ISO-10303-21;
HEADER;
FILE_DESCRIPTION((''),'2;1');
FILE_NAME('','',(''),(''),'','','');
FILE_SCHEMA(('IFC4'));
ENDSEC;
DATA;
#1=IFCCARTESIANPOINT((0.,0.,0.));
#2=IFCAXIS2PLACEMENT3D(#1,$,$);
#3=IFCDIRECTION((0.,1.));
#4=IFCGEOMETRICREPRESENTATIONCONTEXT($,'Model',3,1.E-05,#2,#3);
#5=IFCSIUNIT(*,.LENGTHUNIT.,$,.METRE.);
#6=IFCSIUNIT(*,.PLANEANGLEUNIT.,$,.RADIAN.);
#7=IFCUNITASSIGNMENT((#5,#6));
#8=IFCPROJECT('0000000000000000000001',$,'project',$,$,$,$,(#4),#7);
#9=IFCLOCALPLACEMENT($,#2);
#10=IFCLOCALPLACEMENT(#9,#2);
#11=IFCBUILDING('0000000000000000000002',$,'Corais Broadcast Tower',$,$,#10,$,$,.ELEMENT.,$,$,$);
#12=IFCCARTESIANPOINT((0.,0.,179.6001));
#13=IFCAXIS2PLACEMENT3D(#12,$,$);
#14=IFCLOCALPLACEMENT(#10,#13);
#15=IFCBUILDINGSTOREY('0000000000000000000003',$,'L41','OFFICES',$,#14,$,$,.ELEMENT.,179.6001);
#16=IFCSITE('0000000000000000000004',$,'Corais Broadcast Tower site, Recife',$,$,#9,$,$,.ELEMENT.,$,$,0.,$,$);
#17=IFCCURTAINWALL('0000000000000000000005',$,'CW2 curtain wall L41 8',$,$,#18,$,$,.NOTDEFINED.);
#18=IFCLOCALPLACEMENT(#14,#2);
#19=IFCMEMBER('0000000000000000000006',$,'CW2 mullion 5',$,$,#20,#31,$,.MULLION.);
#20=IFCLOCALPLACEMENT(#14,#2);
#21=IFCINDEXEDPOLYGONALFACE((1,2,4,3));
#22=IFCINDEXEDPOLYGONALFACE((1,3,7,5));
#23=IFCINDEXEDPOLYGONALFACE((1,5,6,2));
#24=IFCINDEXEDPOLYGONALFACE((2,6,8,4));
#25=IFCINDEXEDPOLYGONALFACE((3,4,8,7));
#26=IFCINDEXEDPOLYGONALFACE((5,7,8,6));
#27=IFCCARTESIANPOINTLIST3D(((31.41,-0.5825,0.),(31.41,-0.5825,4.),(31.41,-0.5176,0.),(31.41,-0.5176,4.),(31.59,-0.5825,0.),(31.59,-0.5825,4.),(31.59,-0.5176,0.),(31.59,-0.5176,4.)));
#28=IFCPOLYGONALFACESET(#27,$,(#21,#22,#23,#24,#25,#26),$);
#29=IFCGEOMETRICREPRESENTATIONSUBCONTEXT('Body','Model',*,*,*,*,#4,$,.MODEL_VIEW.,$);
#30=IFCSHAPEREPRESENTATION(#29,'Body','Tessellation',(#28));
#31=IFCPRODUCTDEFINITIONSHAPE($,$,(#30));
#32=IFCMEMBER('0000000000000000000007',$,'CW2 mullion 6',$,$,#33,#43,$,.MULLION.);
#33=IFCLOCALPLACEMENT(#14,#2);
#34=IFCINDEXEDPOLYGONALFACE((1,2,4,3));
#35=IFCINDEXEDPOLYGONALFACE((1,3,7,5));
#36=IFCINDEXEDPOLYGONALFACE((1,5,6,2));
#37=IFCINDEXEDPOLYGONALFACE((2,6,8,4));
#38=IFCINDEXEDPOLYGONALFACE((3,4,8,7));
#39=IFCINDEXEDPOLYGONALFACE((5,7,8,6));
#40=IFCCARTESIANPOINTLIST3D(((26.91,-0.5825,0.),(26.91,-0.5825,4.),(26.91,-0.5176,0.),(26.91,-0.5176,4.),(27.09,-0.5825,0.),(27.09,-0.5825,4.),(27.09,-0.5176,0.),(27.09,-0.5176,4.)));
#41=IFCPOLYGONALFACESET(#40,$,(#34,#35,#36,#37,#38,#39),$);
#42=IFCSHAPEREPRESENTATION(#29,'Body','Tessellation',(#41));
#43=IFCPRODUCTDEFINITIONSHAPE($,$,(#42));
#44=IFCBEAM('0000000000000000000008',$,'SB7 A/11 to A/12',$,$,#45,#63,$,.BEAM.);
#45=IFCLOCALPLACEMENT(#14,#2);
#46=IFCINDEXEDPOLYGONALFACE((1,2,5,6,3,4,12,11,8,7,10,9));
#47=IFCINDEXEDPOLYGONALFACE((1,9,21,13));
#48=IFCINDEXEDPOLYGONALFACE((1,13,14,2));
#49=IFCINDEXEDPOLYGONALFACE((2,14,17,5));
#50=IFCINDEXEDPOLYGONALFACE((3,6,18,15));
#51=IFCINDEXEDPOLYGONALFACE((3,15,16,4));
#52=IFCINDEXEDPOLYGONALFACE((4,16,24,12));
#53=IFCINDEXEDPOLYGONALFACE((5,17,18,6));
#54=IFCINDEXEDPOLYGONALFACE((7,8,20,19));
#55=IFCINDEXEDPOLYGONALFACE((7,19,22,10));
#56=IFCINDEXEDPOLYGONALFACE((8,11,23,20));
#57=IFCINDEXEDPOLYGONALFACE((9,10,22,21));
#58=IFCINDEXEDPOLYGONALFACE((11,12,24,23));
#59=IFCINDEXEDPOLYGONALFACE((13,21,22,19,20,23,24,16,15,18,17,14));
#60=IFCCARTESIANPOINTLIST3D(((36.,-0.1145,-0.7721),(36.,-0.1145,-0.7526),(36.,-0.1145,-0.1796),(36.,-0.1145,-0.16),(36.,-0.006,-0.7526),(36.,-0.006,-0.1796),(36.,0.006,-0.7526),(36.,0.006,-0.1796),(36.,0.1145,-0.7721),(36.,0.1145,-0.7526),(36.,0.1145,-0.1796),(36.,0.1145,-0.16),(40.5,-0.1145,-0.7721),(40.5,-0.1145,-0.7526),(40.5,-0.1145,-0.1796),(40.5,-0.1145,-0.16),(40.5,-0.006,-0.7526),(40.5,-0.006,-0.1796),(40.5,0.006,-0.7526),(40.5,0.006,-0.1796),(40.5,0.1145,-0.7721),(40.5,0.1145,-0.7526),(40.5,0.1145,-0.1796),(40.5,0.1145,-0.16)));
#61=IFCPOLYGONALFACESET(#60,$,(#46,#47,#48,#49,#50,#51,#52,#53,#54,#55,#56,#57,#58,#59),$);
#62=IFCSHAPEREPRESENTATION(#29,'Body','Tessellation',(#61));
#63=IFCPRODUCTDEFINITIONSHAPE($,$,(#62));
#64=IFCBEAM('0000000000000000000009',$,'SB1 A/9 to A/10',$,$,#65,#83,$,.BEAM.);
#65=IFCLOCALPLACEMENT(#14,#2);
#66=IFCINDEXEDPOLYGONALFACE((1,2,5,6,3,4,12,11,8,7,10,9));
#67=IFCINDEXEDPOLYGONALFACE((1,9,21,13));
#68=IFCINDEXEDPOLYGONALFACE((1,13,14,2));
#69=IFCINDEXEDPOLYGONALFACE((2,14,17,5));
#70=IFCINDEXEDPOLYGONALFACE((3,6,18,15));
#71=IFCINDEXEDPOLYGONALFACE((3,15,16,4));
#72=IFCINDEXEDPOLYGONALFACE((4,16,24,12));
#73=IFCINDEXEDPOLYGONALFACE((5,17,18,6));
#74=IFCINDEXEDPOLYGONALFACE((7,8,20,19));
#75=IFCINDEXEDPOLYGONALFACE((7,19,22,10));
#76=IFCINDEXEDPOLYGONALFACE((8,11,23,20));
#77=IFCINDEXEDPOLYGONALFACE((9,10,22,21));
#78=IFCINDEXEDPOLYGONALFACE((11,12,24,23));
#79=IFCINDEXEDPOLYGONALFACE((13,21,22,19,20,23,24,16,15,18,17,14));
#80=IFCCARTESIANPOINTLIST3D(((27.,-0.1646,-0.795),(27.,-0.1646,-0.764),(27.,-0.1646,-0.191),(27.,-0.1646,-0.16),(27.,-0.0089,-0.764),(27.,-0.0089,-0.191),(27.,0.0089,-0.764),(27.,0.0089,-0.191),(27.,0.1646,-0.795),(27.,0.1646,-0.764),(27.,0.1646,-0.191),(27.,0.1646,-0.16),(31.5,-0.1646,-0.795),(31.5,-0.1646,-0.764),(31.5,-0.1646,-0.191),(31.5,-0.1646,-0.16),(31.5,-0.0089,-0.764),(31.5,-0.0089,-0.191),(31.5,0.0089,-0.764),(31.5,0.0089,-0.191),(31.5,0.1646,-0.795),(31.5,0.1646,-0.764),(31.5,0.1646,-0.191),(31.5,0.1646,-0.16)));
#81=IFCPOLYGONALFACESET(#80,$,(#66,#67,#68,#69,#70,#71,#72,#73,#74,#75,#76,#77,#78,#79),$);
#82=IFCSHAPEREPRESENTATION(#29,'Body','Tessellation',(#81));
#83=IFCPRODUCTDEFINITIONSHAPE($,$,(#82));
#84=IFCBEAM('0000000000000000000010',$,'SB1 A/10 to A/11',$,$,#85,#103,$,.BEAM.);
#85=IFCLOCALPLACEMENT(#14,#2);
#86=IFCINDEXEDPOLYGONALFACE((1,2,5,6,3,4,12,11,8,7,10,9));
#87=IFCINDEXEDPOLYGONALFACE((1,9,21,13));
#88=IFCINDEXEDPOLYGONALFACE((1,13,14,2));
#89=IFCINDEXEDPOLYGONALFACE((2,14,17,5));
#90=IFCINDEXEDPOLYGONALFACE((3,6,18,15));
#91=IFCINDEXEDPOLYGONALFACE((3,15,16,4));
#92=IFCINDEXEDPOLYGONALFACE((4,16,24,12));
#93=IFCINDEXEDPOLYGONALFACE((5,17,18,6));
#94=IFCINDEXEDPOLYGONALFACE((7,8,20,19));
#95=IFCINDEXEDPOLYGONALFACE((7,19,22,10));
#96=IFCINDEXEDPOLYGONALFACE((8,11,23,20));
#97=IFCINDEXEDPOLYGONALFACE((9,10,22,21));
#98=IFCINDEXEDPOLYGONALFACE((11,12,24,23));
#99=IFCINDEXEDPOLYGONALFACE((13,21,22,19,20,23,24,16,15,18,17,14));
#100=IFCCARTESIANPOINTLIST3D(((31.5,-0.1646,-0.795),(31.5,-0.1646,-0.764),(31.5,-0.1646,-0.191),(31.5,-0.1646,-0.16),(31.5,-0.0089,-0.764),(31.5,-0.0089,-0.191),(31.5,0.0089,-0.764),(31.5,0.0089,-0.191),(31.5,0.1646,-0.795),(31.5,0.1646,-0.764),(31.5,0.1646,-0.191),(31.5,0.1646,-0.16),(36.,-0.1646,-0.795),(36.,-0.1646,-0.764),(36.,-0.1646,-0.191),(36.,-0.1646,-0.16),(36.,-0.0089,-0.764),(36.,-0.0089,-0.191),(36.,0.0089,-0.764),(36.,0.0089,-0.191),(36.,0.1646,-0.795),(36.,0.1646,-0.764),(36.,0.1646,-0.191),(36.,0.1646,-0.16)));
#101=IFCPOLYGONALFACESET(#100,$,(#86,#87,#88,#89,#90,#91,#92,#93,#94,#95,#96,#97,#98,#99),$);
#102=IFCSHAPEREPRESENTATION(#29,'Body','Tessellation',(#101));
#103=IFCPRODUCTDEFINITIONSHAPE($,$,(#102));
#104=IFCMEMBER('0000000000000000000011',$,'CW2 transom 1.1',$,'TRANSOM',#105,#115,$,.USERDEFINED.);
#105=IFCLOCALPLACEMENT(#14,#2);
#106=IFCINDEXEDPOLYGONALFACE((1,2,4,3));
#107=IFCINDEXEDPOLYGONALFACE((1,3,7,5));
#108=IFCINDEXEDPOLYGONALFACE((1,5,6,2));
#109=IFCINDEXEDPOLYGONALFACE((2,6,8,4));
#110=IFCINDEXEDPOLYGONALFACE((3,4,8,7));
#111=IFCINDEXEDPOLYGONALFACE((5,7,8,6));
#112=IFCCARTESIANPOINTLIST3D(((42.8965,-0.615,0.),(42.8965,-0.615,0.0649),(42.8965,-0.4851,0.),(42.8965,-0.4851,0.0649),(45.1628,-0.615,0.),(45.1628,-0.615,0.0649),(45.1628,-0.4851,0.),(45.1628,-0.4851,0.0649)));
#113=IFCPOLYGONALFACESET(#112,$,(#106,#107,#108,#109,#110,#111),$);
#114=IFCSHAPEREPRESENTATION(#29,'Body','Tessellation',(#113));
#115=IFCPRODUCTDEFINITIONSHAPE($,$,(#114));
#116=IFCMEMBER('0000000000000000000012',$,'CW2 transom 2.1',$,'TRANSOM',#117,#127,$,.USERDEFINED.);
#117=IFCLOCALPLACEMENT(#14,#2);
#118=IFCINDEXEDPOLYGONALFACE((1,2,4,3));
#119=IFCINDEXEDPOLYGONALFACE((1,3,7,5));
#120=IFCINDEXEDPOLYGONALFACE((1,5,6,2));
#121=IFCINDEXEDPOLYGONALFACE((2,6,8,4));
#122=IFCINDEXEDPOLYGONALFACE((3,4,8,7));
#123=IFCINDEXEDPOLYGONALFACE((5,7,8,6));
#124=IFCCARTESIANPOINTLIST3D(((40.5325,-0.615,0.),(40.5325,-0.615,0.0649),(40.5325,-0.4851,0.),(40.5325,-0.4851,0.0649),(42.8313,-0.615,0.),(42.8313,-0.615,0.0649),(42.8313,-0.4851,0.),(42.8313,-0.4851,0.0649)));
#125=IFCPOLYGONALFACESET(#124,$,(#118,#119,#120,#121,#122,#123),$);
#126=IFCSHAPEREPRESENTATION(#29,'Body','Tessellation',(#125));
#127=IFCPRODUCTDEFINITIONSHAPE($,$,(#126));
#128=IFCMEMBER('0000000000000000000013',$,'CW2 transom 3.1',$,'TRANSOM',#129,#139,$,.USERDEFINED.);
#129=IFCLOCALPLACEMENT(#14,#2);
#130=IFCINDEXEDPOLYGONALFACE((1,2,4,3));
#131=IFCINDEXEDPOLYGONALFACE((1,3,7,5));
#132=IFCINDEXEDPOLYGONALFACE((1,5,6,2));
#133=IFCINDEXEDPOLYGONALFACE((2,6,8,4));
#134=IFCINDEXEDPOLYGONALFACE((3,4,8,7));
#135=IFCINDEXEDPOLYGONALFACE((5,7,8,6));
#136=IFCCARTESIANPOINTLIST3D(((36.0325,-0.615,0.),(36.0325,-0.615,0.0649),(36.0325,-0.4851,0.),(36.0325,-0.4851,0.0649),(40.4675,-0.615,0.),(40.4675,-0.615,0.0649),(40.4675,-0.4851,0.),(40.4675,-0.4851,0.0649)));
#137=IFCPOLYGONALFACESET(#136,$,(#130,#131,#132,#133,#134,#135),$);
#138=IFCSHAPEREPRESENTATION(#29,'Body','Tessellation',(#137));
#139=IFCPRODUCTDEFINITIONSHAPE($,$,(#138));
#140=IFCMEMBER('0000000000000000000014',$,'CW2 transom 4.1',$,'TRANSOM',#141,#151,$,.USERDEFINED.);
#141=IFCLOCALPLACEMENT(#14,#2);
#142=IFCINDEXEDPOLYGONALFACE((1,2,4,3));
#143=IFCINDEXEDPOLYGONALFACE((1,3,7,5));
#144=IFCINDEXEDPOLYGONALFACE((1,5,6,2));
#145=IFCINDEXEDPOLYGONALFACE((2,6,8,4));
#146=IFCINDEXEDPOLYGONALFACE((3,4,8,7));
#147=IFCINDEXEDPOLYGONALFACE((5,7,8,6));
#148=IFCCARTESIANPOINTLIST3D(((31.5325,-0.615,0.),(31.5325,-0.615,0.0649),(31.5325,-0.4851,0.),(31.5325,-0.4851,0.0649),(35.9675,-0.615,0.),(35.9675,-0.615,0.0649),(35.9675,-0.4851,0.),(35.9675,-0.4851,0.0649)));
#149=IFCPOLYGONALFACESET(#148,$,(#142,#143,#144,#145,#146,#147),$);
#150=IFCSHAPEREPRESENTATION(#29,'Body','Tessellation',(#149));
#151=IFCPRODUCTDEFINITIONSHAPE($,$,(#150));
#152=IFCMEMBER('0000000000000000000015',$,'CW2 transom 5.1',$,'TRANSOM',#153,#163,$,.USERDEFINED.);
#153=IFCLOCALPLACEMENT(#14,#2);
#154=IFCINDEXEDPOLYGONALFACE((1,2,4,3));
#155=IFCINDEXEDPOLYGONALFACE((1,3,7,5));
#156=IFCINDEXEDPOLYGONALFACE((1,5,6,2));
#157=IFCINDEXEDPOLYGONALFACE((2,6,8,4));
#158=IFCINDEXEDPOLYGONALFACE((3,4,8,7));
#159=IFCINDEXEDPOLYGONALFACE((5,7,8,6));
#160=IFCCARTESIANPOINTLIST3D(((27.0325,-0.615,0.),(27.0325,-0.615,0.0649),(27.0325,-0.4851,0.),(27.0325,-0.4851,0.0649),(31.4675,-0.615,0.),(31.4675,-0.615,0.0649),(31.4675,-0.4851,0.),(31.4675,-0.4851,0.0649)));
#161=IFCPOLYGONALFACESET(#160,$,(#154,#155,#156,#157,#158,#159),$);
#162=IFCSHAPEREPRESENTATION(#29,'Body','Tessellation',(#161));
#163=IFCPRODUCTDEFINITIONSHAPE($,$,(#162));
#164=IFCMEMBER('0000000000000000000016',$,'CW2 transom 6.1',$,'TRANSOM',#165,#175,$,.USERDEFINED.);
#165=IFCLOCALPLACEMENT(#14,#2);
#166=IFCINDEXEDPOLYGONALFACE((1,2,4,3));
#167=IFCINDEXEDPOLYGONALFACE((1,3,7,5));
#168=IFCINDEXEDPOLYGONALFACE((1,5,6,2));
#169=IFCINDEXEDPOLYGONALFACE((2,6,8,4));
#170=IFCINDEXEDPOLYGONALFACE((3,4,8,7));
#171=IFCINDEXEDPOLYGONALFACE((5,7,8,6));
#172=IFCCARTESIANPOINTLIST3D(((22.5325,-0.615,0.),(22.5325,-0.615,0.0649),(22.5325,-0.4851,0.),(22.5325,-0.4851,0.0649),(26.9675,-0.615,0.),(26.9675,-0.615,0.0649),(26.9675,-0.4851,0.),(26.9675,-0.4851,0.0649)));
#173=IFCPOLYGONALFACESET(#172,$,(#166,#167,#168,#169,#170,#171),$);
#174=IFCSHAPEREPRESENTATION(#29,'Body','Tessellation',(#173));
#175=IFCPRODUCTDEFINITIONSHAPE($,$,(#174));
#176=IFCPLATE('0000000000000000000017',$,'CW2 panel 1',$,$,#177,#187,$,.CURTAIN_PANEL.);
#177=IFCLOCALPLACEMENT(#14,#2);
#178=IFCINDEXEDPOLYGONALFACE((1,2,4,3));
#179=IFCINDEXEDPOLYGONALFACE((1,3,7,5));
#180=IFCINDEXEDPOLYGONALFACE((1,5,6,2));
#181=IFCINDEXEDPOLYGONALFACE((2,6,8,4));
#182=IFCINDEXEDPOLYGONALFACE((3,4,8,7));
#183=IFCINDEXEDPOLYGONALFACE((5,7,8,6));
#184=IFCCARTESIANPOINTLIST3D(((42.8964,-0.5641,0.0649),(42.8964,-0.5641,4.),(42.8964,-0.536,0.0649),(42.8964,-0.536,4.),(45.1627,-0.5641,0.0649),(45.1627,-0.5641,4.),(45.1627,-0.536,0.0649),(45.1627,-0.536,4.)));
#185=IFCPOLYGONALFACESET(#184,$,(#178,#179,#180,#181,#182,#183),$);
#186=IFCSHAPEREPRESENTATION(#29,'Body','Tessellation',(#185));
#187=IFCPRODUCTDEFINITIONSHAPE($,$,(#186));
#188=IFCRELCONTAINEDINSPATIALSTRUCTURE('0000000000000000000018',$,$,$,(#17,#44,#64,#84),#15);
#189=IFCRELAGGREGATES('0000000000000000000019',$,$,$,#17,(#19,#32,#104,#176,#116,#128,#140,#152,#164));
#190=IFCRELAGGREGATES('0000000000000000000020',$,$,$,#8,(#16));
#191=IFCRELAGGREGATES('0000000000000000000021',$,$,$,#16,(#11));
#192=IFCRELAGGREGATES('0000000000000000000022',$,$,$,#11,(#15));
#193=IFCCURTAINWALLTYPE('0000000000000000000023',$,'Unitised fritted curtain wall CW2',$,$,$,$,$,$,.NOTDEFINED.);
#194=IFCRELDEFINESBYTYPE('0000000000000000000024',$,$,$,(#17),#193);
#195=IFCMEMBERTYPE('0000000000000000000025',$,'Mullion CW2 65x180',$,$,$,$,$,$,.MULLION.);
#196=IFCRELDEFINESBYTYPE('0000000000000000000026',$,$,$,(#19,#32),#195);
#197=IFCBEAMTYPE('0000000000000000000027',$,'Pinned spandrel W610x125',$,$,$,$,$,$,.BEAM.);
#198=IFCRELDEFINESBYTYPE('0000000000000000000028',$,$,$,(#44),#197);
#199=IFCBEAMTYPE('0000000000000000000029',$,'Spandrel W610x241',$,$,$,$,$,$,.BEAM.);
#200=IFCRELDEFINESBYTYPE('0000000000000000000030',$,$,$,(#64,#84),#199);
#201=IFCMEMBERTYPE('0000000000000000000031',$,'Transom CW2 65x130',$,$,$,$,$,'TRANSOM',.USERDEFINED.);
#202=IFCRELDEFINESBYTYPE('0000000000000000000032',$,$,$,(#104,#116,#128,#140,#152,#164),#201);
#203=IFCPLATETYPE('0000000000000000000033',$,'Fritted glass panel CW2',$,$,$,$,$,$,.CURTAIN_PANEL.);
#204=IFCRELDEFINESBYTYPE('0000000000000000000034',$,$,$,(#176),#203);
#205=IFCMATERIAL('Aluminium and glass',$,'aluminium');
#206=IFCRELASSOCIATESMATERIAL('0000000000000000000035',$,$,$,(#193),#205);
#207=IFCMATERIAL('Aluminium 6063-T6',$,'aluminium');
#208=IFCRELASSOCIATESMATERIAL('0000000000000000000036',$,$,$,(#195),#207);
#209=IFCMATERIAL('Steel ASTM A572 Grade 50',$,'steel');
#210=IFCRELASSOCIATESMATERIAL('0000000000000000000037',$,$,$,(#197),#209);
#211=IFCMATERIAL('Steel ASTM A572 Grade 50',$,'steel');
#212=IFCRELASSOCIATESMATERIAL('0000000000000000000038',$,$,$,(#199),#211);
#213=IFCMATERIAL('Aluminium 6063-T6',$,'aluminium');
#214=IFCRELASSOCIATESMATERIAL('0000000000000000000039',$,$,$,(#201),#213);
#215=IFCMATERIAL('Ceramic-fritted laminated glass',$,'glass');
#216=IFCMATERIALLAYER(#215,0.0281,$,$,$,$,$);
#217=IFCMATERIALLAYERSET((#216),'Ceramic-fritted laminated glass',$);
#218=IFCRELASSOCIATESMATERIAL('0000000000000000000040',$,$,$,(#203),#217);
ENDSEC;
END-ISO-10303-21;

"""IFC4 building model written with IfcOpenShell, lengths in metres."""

from ifc_helpers import new_model, si_unit, direction, frame, origin, origin_2d, place, context, subcontext, project, spatial, rectangle, i_section, extrude, material, layer, layer_set, material_profile, profile_set, type_object, element, aggregate, save


model = new_model("IFC4")

# Units and contexts
model_context = context("Model", 3, precision=1e-05, world=origin(), true_north=direction((0.0, 1.0)))
body_context = subcontext(model_context, "Body", "Model", "MODEL_VIEW")
ifc_project = project(units=[si_unit("LENGTHUNIT", "METRE"), si_unit("PLANEANGLEUNIT", "RADIAN")], contexts=[model_context])

# Site, building, storey
site_placement = place(None, origin())
site = spatial("IfcSite", under=ifc_project, at=site_placement, Name="Corais Broadcast Tower site, Recife", CompositionType="ELEMENT", RefElevation=0.0)
building_placement = place(site_placement, origin())
building = spatial("IfcBuilding", under=site, at=building_placement, Name="Corais Broadcast Tower", CompositionType="ELEMENT")
storey_placement = place(building_placement, frame((0.0, 0.0, 179.6001)))
storey = spatial("IfcBuildingStorey", under=building, at=storey_placement, Name="L41", Description="OFFICES", CompositionType="ELEMENT", Elevation=179.6001)

# Curtain wall, members
ifc_material_1 = material(Name="Aluminium and glass", Category="aluminium")
curtain_wall_type = type_object("IfcCurtainWallType", Name="Unitised fritted curtain wall CW2", PredefinedType="NOTDEFINED", material=ifc_material_1)
curtain_wall_placement = place(storey_placement, origin())
curtain_wall = element("IfcCurtainWall", 1, at=curtain_wall_placement, inside=storey, type_object=curtain_wall_type, Name="CW2 curtain wall L41 8", PredefinedType="NOTDEFINED")
ifc_material_2 = material(Name="Aluminium 6063-T6", Category="aluminium")
ifc_material_profile_1 = material_profile(ifc_material_2, rectangle(XDim=0.0649, YDim=0.1799, at=origin_2d()), Name="Mullion CW2 65x180")
ifc_profile_set_1 = profile_set([ifc_material_profile_1], Name="Aluminium 6063-T6")
member_type_1 = type_object("IfcMemberType", Name="Mullion CW2 65x180", PredefinedType="MULLION", material=ifc_profile_set_1)
member_1_placement = place(storey_placement, frame((31.5, -0.55, 0.0), z_axis=(0.0, 0.0, 1.0), x_axis=(0.0, -1.0, 0.0)))
member_1 = element("IfcMember", 2, at=member_1_placement, type_object=member_type_1, Name="CW2 mullion 5", PredefinedType="MULLION", context=body_context, shape_type="SweptSolid", body=[
    extrude(rectangle(XDim=0.0649, YDim=0.1799, at=origin_2d()), origin(), (0.0, 0.0, 1.0), 4.0),
])
member_2_placement = place(storey_placement, frame((27.0, -0.55, 0.0), z_axis=(0.0, 0.0, 1.0), x_axis=(0.0, -1.0, 0.0)))
member_2 = element("IfcMember", 3, at=member_2_placement, type_object=member_type_1, Name="CW2 mullion 6", PredefinedType="MULLION", context=body_context, shape_type="SweptSolid", body=[
    extrude(rectangle(XDim=0.0649, YDim=0.1799, at=origin_2d()), origin(), (0.0, 0.0, 1.0), 4.0),
])

# Beams
ifc_material_3 = material(Name="Steel ASTM A572 Grade 50", Category="steel")
ifc_material_profile_2 = material_profile(ifc_material_3, i_section(OverallWidth=0.229, OverallDepth=0.6121, WebThickness=0.012, FlangeThickness=0.0195, at=origin_2d()), Name="W610x125")
ifc_profile_set_2 = profile_set([ifc_material_profile_2], Name="Steel ASTM A572 Grade 50")
beam_type_1 = type_object("IfcBeamType", Name="Pinned spandrel W610x125", PredefinedType="BEAM", material=ifc_profile_set_2)
beam_placement = place(storey_placement, frame((36.0, 0.0, -0.4661), z_axis=(1.0, 0.0, 0.0), x_axis=(0.0, 1.0, 0.0)))
element("IfcBeam", 4, at=beam_placement, inside=storey, type_object=beam_type_1, Name="SB7 A/11 to A/12", PredefinedType="BEAM", context=body_context, shape_type="SweptSolid", body=[
    extrude(i_section(OverallWidth=0.229, OverallDepth=0.6121, WebThickness=0.012, FlangeThickness=0.0195, at=origin_2d()), origin(), (0.0, 0.0, 1.0), 4.5),
])
ifc_material_4 = material(Name="Steel ASTM A572 Grade 50", Category="steel")
ifc_material_profile_3 = material_profile(ifc_material_4, i_section(OverallWidth=0.3291, OverallDepth=0.635, WebThickness=0.0178, FlangeThickness=0.031, at=origin_2d()), Name="W610x241")
ifc_profile_set_3 = profile_set([ifc_material_profile_3], Name="Steel ASTM A572 Grade 50")
beam_type_2 = type_object("IfcBeamType", Name="Spandrel W610x241", PredefinedType="BEAM", material=ifc_profile_set_3)
for number, where, z_axis, x_axis, name in (
    (5, (27.0, 0.0, -0.4775), (1.0, 0.0, 0.0), (0.0, 1.0, 0.0), "SB1 A/9 to A/10"),
    (6, (31.5, 0.0, -0.4775), (1.0, 0.0, 0.0), (0.0, 1.0, 0.0), "SB1 A/10 to A/11"),
):
    element("IfcBeam", number, at=place(storey_placement, frame(where, z_axis=z_axis, x_axis=x_axis)), inside=storey, type_object=beam_type_2, Name=name, PredefinedType="BEAM", context=body_context, shape_type="SweptSolid", body=[
        extrude(i_section(OverallWidth=0.3291, OverallDepth=0.635, WebThickness=0.0178, FlangeThickness=0.031, at=origin_2d()), origin(), (0.0, 0.0, 1.0), 4.5),
    ])

# Members
ifc_material_5 = material(Name="Aluminium 6063-T6", Category="aluminium")
ifc_material_profile_4 = material_profile(ifc_material_5, rectangle(XDim=0.1299, YDim=0.0649, at=origin_2d()), Name="Transom CW2 65x130")
ifc_profile_set_4 = profile_set([ifc_material_profile_4], Name="Aluminium 6063-T6")
member_type_2 = type_object("IfcMemberType", Name="Transom CW2 65x130", ElementType="TRANSOM", PredefinedType="USERDEFINED", material=ifc_profile_set_4)
member_3_placement = place(storey_placement, frame((45.1628, -0.55, 0.0325), z_axis=(-1.0, 0.0, 0.0), x_axis=(0.0, -1.0, 0.0)))
member_3 = element("IfcMember", 7, at=member_3_placement, type_object=member_type_2, Name="CW2 transom 1.1", ObjectType="TRANSOM", PredefinedType="USERDEFINED", context=body_context, shape_type="SweptSolid", body=[
    extrude(rectangle(XDim=0.1299, YDim=0.0649, at=origin_2d()), origin(), (0.0, 0.0, 1.0), 2.2664),
])
member_4_placement = place(storey_placement, frame((42.8313, -0.55, 0.0325), z_axis=(-1.0, 0.0, 0.0), x_axis=(0.0, -1.0, 0.0)))
member_4 = element("IfcMember", 8, at=member_4_placement, type_object=member_type_2, Name="CW2 transom 2.1", ObjectType="TRANSOM", PredefinedType="USERDEFINED", context=body_context, shape_type="SweptSolid", body=[
    extrude(rectangle(XDim=0.1299, YDim=0.0649, at=origin_2d()), origin(), (0.0, 0.0, 1.0), 2.2988),
])
member_5_placement = place(storey_placement, frame((40.4675, -0.55, 0.0325), z_axis=(-1.0, 0.0, 0.0), x_axis=(0.0, -1.0, 0.0)))
member_5 = element("IfcMember", 9, at=member_5_placement, type_object=member_type_2, Name="CW2 transom 3.1", ObjectType="TRANSOM", PredefinedType="USERDEFINED", context=body_context, shape_type="SweptSolid", body=[
    extrude(rectangle(XDim=0.1299, YDim=0.0649, at=origin_2d()), origin(), (0.0, 0.0, 1.0), 4.4351),
])
member_6_placement = place(storey_placement, frame((35.9675, -0.55, 0.0325), z_axis=(-1.0, 0.0, 0.0), x_axis=(0.0, -1.0, 0.0)))
member_6 = element("IfcMember", 10, at=member_6_placement, type_object=member_type_2, Name="CW2 transom 4.1", ObjectType="TRANSOM", PredefinedType="USERDEFINED", context=body_context, shape_type="SweptSolid", body=[
    extrude(rectangle(XDim=0.1299, YDim=0.0649, at=origin_2d()), origin(), (0.0, 0.0, 1.0), 4.4351),
])
member_7_placement = place(storey_placement, frame((31.4675, -0.55, 0.0325), z_axis=(-1.0, 0.0, 0.0), x_axis=(0.0, -1.0, 0.0)))
member_7 = element("IfcMember", 11, at=member_7_placement, type_object=member_type_2, Name="CW2 transom 5.1", ObjectType="TRANSOM", PredefinedType="USERDEFINED", context=body_context, shape_type="SweptSolid", body=[
    extrude(rectangle(XDim=0.1299, YDim=0.0649, at=origin_2d()), origin(), (0.0, 0.0, 1.0), 4.4351),
])
member_8_placement = place(storey_placement, frame((26.9675, -0.55, 0.0325), z_axis=(-1.0, 0.0, 0.0), x_axis=(0.0, -1.0, 0.0)))
member_8 = element("IfcMember", 12, at=member_8_placement, type_object=member_type_2, Name="CW2 transom 6.1", ObjectType="TRANSOM", PredefinedType="USERDEFINED", context=body_context, shape_type="SweptSolid", body=[
    extrude(rectangle(XDim=0.1299, YDim=0.0649, at=origin_2d()), origin(), (0.0, 0.0, 1.0), 4.4351),
])

# Plate
ifc_material_6 = material(Name="Ceramic-fritted laminated glass", Category="glass")
ifc_layer_1 = layer(ifc_material_6, 0.0281)
ifc_layer_set_1 = layer_set([ifc_layer_1], Name="Ceramic-fritted laminated glass")
plate_type_1 = type_object("IfcPlateType", Name="Fritted glass panel CW2", PredefinedType="CURTAIN_PANEL", material=ifc_layer_set_1)
plate_1_placement = place(storey_placement, frame((44.0295, -0.55, 0.0649), z_axis=(0.0, 0.0, 1.0), x_axis=(-1.0, 0.0, 0.0)))
plate_1 = element("IfcPlate", 13, at=plate_1_placement, type_object=plate_type_1, Name="CW2 panel 1", PredefinedType="CURTAIN_PANEL", context=body_context, shape_type="SweptSolid", body=[
    extrude(rectangle(XDim=2.2664, YDim=0.0281, at=origin_2d()), origin(), (0.0, 0.0, 1.0), 3.9351),
])
aggregate(curtain_wall, [member_1, member_2, member_3, plate_1, member_4, member_5, member_6, member_7, member_8])

save(model, "model.ifc")
